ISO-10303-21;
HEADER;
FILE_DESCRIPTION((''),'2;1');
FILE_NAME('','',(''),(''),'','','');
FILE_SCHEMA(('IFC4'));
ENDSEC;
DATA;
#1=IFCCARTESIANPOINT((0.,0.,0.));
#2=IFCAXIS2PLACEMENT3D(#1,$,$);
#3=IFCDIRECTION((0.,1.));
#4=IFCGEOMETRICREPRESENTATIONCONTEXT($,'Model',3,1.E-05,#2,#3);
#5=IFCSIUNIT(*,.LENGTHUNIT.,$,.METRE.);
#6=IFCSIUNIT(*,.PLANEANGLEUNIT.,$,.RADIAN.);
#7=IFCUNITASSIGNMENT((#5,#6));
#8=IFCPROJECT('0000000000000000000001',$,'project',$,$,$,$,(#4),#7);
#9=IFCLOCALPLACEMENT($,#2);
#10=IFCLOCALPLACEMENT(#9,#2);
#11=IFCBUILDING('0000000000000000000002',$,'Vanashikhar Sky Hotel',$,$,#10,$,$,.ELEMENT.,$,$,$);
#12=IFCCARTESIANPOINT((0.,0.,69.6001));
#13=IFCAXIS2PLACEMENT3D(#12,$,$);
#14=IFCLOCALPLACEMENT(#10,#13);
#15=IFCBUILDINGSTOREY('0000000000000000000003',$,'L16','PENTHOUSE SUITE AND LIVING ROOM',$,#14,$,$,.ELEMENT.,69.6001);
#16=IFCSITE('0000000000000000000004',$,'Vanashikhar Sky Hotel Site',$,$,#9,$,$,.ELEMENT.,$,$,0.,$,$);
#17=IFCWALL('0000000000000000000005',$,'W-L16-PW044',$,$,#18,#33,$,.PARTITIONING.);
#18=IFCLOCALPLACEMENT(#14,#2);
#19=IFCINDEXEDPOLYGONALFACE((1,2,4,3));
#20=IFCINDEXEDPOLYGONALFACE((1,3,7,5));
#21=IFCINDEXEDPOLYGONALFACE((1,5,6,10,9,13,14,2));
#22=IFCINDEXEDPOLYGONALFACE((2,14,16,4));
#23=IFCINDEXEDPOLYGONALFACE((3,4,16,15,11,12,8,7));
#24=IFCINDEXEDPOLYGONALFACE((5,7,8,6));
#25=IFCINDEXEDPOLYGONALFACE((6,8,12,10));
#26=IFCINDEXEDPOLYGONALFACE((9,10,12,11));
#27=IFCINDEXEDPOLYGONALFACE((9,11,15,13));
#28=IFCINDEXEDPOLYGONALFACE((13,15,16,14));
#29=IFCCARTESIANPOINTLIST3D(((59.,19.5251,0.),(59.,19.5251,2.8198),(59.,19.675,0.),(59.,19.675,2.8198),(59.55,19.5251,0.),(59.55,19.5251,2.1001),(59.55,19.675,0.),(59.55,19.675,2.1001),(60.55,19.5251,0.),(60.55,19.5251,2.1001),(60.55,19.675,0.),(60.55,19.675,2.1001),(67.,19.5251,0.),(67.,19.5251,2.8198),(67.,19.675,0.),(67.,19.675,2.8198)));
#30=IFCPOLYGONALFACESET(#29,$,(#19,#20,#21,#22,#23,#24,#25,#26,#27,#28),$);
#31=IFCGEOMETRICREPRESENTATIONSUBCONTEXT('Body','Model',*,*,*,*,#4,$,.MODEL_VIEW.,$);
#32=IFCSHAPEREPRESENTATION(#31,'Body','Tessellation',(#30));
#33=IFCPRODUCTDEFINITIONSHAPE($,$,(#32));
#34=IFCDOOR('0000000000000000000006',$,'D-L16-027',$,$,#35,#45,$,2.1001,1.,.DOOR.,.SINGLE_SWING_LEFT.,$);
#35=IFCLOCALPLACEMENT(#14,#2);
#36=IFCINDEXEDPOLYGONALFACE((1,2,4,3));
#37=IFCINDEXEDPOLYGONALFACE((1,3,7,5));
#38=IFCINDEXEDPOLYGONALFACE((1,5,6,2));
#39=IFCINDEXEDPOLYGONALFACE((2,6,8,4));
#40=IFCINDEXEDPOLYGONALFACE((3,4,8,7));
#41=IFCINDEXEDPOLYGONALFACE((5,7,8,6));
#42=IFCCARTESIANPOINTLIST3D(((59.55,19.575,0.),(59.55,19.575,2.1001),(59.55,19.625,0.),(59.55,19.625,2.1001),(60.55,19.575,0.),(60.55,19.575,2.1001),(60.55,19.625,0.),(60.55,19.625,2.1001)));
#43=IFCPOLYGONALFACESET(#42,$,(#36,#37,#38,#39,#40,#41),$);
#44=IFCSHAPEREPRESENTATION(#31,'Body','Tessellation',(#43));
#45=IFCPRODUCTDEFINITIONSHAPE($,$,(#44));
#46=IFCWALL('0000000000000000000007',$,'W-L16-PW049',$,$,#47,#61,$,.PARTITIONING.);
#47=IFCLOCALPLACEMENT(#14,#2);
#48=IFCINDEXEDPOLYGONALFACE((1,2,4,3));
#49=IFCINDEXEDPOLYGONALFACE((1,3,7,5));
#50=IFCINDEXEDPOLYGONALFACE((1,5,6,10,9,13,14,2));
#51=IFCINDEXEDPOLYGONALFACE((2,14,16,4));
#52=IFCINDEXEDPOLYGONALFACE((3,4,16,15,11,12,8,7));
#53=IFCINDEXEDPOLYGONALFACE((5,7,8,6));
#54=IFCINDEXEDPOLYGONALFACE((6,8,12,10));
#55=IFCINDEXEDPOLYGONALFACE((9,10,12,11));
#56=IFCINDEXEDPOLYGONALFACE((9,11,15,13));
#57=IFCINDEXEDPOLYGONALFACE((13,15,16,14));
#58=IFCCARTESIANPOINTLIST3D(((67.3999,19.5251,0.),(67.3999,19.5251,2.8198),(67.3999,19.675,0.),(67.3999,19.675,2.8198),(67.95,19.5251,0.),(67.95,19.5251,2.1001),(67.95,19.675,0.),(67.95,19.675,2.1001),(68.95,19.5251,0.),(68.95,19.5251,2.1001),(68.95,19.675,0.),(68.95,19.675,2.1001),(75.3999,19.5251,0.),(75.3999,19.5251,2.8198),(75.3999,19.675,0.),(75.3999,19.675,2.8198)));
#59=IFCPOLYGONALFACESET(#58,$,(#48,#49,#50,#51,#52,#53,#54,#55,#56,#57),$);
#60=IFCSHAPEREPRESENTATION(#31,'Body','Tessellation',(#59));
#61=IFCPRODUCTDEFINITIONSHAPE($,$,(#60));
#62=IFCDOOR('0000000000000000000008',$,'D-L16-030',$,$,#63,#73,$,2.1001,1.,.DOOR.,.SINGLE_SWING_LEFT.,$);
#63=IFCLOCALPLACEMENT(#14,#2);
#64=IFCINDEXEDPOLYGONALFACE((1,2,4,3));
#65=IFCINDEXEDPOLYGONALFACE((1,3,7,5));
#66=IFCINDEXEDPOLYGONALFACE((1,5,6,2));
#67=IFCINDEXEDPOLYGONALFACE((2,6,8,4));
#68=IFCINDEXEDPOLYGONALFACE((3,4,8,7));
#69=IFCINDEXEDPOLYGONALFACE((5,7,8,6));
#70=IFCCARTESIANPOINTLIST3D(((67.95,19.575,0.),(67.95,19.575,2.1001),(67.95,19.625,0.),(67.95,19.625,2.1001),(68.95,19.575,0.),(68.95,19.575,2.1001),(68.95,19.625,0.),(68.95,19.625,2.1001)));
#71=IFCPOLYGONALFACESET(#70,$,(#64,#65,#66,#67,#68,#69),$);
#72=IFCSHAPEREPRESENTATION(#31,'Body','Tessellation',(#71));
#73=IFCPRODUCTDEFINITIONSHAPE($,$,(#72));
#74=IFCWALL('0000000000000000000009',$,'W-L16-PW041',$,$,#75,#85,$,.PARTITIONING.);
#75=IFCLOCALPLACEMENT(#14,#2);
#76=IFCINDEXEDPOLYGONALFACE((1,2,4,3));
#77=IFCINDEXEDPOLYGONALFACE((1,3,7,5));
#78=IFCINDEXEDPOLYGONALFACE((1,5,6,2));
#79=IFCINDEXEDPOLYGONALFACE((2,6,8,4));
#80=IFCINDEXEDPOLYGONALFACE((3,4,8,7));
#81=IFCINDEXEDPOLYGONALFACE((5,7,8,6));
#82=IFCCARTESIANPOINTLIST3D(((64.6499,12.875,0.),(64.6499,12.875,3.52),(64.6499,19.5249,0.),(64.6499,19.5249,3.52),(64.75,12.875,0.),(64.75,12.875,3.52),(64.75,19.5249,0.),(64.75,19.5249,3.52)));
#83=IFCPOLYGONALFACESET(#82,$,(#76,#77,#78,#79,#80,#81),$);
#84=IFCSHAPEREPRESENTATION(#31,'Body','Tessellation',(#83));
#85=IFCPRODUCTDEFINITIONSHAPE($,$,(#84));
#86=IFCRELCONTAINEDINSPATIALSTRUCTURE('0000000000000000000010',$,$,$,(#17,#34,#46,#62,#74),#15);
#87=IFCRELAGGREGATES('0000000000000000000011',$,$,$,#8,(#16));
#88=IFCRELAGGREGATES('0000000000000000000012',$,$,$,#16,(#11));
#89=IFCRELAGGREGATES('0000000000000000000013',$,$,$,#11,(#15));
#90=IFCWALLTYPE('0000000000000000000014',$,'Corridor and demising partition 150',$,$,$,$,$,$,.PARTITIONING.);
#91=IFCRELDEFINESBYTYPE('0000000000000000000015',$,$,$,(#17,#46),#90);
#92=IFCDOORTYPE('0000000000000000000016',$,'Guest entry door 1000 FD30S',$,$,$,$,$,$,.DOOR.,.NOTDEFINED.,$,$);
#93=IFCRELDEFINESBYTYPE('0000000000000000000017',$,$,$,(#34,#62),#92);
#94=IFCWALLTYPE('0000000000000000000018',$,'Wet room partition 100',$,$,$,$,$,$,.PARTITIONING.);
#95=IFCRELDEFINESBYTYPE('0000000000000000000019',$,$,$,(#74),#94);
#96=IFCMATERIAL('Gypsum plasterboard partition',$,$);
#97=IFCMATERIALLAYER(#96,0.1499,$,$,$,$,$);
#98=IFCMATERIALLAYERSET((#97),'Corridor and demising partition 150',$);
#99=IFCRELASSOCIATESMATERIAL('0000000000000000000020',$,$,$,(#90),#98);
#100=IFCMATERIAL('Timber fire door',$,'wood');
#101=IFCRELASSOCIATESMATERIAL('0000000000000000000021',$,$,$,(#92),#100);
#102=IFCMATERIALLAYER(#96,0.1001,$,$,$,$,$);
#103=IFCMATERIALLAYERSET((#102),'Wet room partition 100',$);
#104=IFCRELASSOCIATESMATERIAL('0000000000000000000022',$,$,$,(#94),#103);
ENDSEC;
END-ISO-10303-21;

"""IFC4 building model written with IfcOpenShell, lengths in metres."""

from ifc_helpers import new_model, si_unit, direction, frame, frame_2d, origin, place, context, subcontext, project, spatial, rectangle, extrude, source, transform, mapped, material, layer, layer_set, type_object, element, fill, save


model = new_model("IFC4")

# Units and contexts
model_context = context("Model", 3, precision=1e-05, world=origin(), true_north=direction((0.0, 1.0)))
body_context = subcontext(model_context, "Body", "Model", "MODEL_VIEW")
ifc_project = project(units=[si_unit("LENGTHUNIT", "METRE"), si_unit("PLANEANGLEUNIT", "RADIAN")], contexts=[model_context])

# Site, building, storey
site_placement = place(None, origin())
site = spatial("IfcSite", under=ifc_project, at=site_placement, Name="Vanashikhar Sky Hotel Site", CompositionType="ELEMENT", RefElevation=0.0)
building_placement = place(site_placement, origin())
building = spatial("IfcBuilding", under=site, at=building_placement, Name="Vanashikhar Sky Hotel", CompositionType="ELEMENT")
storey_placement = place(building_placement, frame((0.0, 0.0, 69.6001)))
storey = spatial("IfcBuildingStorey", under=building, at=storey_placement, Name="L16", Description="PENTHOUSE SUITE AND LIVING ROOM", CompositionType="ELEMENT", Elevation=69.6001)

# Walls, openings, doors
ifc_material_1 = material(Name="Gypsum plasterboard partition")
ifc_layer_1 = layer(ifc_material_1, 0.1499)
ifc_layer_set_1 = layer_set([ifc_layer_1], Name="Corridor and demising partition 150")
wall_type_1 = type_object("IfcWallType", Name="Corridor and demising partition 150", PredefinedType="PARTITIONING", material=ifc_layer_set_1)
shared_shape_1 = source(origin(), body_context, "Body", "SweptSolid", [
    extrude(rectangle(XDim=8.0, YDim=0.1499, at=frame_2d((4.0, 0.0))), origin(), (0.0, 0.0, 1.0), 2.8198),
])
shared_shape_2 = source(origin(), body_context, "Body", "SweptSolid", [
    extrude(rectangle(XDim=1.0, YDim=2.1001, at=frame_2d((0.5, 1.05))), frame((0.0, 0.085, 0.0), z_axis=(0.0, -1.0, 0.0), x_axis=(1.0, 0.0, 0.0)), (0.0, 0.0, 1.0), 0.1699),
])
ifc_material_2 = material(Name="Timber fire door", Category="wood")
door_type_1 = type_object("IfcDoorType", Name="Guest entry door 1000 FD30S", OperationType="NOTDEFINED", PredefinedType="DOOR", material=ifc_material_2)
shared_shape_3 = source(origin(), body_context, "Body", "SweptSolid", [
    extrude(rectangle(XDim=1.0, YDim=2.1001, at=frame_2d((0.5, 1.05))), frame((0.0, 0.0249, 0.0), z_axis=(0.0, -1.0, 0.0), x_axis=(1.0, 0.0, 0.0)), (0.0, 0.0, 1.0), 0.05),
])
wall_1_placement = place(storey_placement, frame((59.0, 19.6001, 0.0), z_axis=(0.0, 0.0, 1.0), x_axis=(1.0, 0.0, 0.0)))
wall_1 = element("IfcWall", 1, at=wall_1_placement, inside=storey, type_object=wall_type_1, Name="W-L16-PW044", PredefinedType="PARTITIONING", context=body_context, shape_type="MappedRepresentation", body=[
    mapped(shared_shape_1, transform((0.0, 0.0, 0.0), scale=1.0)),
])
opening_1_placement = place(wall_1_placement, frame((0.55, 0.0, 0.0)))
opening_1 = element("IfcOpeningElement", 2, at=opening_1_placement, cuts=wall_1, PredefinedType="OPENING", context=body_context, shape_type="MappedRepresentation", body=[
    mapped(shared_shape_2, transform((0.0, 0.0, 0.0), scale=1.0)),
])
door_1_placement = place(opening_1_placement, origin())
door_1 = element("IfcDoor", 3, at=door_1_placement, inside=storey, type_object=door_type_1, Name="D-L16-027", OperationType="SINGLE_SWING_LEFT", OverallHeight=2.1001, OverallWidth=1.0, PredefinedType="DOOR", context=body_context, shape_type="MappedRepresentation", body=[
    mapped(shared_shape_3, transform((0.0, 0.0, 0.0), scale=1.0)),
])
fill(opening_1, door_1)
wall_2_placement = place(storey_placement, frame((67.3999, 19.6001, 0.0), z_axis=(0.0, 0.0, 1.0), x_axis=(1.0, 0.0, 0.0)))
wall_2 = element("IfcWall", 4, at=wall_2_placement, inside=storey, type_object=wall_type_1, Name="W-L16-PW049", PredefinedType="PARTITIONING", context=body_context, shape_type="MappedRepresentation", body=[
    mapped(shared_shape_1, transform((0.0, 0.0, 0.0), scale=1.0)),
])
opening_2_placement = place(wall_2_placement, frame((0.55, 0.0, 0.0)))
opening_2 = element("IfcOpeningElement", 5, at=opening_2_placement, cuts=wall_2, PredefinedType="OPENING", context=body_context, shape_type="MappedRepresentation", body=[
    mapped(shared_shape_2, transform((0.0, 0.0, 0.0), scale=1.0)),
])
door_2_placement = place(opening_2_placement, origin())
door_2 = element("IfcDoor", 6, at=door_2_placement, inside=storey, type_object=door_type_1, Name="D-L16-030", OperationType="SINGLE_SWING_LEFT", OverallHeight=2.1001, OverallWidth=1.0, PredefinedType="DOOR", context=body_context, shape_type="MappedRepresentation", body=[
    mapped(shared_shape_3, transform((0.0, 0.0, 0.0), scale=1.0)),
])
fill(opening_2, door_2)

# Wall
ifc_layer_2 = layer(ifc_material_1, 0.1001)
ifc_layer_set_2 = layer_set([ifc_layer_2], Name="Wet room partition 100")
wall_type_2 = type_object("IfcWallType", Name="Wet room partition 100", PredefinedType="PARTITIONING", material=ifc_layer_set_2)
shared_shape_4 = source(origin(), body_context, "Body", "SweptSolid", [
    extrude(rectangle(XDim=6.6499, YDim=0.1001, at=frame_2d((3.325, 0.0))), origin(), (0.0, 0.0, 1.0), 3.52),
])
wall_3_placement = place(storey_placement, frame((64.7, 12.875, 0.0), z_axis=(0.0, 0.0, 1.0), x_axis=(0.0, 1.0, 0.0)))
element("IfcWall", 7, at=wall_3_placement, inside=storey, type_object=wall_type_2, Name="W-L16-PW041", PredefinedType="PARTITIONING", context=body_context, shape_type="MappedRepresentation", body=[
    mapped(shared_shape_4, transform((0.0, 0.0, 0.0), scale=1.0)),
])

save(model, "model.ifc")
